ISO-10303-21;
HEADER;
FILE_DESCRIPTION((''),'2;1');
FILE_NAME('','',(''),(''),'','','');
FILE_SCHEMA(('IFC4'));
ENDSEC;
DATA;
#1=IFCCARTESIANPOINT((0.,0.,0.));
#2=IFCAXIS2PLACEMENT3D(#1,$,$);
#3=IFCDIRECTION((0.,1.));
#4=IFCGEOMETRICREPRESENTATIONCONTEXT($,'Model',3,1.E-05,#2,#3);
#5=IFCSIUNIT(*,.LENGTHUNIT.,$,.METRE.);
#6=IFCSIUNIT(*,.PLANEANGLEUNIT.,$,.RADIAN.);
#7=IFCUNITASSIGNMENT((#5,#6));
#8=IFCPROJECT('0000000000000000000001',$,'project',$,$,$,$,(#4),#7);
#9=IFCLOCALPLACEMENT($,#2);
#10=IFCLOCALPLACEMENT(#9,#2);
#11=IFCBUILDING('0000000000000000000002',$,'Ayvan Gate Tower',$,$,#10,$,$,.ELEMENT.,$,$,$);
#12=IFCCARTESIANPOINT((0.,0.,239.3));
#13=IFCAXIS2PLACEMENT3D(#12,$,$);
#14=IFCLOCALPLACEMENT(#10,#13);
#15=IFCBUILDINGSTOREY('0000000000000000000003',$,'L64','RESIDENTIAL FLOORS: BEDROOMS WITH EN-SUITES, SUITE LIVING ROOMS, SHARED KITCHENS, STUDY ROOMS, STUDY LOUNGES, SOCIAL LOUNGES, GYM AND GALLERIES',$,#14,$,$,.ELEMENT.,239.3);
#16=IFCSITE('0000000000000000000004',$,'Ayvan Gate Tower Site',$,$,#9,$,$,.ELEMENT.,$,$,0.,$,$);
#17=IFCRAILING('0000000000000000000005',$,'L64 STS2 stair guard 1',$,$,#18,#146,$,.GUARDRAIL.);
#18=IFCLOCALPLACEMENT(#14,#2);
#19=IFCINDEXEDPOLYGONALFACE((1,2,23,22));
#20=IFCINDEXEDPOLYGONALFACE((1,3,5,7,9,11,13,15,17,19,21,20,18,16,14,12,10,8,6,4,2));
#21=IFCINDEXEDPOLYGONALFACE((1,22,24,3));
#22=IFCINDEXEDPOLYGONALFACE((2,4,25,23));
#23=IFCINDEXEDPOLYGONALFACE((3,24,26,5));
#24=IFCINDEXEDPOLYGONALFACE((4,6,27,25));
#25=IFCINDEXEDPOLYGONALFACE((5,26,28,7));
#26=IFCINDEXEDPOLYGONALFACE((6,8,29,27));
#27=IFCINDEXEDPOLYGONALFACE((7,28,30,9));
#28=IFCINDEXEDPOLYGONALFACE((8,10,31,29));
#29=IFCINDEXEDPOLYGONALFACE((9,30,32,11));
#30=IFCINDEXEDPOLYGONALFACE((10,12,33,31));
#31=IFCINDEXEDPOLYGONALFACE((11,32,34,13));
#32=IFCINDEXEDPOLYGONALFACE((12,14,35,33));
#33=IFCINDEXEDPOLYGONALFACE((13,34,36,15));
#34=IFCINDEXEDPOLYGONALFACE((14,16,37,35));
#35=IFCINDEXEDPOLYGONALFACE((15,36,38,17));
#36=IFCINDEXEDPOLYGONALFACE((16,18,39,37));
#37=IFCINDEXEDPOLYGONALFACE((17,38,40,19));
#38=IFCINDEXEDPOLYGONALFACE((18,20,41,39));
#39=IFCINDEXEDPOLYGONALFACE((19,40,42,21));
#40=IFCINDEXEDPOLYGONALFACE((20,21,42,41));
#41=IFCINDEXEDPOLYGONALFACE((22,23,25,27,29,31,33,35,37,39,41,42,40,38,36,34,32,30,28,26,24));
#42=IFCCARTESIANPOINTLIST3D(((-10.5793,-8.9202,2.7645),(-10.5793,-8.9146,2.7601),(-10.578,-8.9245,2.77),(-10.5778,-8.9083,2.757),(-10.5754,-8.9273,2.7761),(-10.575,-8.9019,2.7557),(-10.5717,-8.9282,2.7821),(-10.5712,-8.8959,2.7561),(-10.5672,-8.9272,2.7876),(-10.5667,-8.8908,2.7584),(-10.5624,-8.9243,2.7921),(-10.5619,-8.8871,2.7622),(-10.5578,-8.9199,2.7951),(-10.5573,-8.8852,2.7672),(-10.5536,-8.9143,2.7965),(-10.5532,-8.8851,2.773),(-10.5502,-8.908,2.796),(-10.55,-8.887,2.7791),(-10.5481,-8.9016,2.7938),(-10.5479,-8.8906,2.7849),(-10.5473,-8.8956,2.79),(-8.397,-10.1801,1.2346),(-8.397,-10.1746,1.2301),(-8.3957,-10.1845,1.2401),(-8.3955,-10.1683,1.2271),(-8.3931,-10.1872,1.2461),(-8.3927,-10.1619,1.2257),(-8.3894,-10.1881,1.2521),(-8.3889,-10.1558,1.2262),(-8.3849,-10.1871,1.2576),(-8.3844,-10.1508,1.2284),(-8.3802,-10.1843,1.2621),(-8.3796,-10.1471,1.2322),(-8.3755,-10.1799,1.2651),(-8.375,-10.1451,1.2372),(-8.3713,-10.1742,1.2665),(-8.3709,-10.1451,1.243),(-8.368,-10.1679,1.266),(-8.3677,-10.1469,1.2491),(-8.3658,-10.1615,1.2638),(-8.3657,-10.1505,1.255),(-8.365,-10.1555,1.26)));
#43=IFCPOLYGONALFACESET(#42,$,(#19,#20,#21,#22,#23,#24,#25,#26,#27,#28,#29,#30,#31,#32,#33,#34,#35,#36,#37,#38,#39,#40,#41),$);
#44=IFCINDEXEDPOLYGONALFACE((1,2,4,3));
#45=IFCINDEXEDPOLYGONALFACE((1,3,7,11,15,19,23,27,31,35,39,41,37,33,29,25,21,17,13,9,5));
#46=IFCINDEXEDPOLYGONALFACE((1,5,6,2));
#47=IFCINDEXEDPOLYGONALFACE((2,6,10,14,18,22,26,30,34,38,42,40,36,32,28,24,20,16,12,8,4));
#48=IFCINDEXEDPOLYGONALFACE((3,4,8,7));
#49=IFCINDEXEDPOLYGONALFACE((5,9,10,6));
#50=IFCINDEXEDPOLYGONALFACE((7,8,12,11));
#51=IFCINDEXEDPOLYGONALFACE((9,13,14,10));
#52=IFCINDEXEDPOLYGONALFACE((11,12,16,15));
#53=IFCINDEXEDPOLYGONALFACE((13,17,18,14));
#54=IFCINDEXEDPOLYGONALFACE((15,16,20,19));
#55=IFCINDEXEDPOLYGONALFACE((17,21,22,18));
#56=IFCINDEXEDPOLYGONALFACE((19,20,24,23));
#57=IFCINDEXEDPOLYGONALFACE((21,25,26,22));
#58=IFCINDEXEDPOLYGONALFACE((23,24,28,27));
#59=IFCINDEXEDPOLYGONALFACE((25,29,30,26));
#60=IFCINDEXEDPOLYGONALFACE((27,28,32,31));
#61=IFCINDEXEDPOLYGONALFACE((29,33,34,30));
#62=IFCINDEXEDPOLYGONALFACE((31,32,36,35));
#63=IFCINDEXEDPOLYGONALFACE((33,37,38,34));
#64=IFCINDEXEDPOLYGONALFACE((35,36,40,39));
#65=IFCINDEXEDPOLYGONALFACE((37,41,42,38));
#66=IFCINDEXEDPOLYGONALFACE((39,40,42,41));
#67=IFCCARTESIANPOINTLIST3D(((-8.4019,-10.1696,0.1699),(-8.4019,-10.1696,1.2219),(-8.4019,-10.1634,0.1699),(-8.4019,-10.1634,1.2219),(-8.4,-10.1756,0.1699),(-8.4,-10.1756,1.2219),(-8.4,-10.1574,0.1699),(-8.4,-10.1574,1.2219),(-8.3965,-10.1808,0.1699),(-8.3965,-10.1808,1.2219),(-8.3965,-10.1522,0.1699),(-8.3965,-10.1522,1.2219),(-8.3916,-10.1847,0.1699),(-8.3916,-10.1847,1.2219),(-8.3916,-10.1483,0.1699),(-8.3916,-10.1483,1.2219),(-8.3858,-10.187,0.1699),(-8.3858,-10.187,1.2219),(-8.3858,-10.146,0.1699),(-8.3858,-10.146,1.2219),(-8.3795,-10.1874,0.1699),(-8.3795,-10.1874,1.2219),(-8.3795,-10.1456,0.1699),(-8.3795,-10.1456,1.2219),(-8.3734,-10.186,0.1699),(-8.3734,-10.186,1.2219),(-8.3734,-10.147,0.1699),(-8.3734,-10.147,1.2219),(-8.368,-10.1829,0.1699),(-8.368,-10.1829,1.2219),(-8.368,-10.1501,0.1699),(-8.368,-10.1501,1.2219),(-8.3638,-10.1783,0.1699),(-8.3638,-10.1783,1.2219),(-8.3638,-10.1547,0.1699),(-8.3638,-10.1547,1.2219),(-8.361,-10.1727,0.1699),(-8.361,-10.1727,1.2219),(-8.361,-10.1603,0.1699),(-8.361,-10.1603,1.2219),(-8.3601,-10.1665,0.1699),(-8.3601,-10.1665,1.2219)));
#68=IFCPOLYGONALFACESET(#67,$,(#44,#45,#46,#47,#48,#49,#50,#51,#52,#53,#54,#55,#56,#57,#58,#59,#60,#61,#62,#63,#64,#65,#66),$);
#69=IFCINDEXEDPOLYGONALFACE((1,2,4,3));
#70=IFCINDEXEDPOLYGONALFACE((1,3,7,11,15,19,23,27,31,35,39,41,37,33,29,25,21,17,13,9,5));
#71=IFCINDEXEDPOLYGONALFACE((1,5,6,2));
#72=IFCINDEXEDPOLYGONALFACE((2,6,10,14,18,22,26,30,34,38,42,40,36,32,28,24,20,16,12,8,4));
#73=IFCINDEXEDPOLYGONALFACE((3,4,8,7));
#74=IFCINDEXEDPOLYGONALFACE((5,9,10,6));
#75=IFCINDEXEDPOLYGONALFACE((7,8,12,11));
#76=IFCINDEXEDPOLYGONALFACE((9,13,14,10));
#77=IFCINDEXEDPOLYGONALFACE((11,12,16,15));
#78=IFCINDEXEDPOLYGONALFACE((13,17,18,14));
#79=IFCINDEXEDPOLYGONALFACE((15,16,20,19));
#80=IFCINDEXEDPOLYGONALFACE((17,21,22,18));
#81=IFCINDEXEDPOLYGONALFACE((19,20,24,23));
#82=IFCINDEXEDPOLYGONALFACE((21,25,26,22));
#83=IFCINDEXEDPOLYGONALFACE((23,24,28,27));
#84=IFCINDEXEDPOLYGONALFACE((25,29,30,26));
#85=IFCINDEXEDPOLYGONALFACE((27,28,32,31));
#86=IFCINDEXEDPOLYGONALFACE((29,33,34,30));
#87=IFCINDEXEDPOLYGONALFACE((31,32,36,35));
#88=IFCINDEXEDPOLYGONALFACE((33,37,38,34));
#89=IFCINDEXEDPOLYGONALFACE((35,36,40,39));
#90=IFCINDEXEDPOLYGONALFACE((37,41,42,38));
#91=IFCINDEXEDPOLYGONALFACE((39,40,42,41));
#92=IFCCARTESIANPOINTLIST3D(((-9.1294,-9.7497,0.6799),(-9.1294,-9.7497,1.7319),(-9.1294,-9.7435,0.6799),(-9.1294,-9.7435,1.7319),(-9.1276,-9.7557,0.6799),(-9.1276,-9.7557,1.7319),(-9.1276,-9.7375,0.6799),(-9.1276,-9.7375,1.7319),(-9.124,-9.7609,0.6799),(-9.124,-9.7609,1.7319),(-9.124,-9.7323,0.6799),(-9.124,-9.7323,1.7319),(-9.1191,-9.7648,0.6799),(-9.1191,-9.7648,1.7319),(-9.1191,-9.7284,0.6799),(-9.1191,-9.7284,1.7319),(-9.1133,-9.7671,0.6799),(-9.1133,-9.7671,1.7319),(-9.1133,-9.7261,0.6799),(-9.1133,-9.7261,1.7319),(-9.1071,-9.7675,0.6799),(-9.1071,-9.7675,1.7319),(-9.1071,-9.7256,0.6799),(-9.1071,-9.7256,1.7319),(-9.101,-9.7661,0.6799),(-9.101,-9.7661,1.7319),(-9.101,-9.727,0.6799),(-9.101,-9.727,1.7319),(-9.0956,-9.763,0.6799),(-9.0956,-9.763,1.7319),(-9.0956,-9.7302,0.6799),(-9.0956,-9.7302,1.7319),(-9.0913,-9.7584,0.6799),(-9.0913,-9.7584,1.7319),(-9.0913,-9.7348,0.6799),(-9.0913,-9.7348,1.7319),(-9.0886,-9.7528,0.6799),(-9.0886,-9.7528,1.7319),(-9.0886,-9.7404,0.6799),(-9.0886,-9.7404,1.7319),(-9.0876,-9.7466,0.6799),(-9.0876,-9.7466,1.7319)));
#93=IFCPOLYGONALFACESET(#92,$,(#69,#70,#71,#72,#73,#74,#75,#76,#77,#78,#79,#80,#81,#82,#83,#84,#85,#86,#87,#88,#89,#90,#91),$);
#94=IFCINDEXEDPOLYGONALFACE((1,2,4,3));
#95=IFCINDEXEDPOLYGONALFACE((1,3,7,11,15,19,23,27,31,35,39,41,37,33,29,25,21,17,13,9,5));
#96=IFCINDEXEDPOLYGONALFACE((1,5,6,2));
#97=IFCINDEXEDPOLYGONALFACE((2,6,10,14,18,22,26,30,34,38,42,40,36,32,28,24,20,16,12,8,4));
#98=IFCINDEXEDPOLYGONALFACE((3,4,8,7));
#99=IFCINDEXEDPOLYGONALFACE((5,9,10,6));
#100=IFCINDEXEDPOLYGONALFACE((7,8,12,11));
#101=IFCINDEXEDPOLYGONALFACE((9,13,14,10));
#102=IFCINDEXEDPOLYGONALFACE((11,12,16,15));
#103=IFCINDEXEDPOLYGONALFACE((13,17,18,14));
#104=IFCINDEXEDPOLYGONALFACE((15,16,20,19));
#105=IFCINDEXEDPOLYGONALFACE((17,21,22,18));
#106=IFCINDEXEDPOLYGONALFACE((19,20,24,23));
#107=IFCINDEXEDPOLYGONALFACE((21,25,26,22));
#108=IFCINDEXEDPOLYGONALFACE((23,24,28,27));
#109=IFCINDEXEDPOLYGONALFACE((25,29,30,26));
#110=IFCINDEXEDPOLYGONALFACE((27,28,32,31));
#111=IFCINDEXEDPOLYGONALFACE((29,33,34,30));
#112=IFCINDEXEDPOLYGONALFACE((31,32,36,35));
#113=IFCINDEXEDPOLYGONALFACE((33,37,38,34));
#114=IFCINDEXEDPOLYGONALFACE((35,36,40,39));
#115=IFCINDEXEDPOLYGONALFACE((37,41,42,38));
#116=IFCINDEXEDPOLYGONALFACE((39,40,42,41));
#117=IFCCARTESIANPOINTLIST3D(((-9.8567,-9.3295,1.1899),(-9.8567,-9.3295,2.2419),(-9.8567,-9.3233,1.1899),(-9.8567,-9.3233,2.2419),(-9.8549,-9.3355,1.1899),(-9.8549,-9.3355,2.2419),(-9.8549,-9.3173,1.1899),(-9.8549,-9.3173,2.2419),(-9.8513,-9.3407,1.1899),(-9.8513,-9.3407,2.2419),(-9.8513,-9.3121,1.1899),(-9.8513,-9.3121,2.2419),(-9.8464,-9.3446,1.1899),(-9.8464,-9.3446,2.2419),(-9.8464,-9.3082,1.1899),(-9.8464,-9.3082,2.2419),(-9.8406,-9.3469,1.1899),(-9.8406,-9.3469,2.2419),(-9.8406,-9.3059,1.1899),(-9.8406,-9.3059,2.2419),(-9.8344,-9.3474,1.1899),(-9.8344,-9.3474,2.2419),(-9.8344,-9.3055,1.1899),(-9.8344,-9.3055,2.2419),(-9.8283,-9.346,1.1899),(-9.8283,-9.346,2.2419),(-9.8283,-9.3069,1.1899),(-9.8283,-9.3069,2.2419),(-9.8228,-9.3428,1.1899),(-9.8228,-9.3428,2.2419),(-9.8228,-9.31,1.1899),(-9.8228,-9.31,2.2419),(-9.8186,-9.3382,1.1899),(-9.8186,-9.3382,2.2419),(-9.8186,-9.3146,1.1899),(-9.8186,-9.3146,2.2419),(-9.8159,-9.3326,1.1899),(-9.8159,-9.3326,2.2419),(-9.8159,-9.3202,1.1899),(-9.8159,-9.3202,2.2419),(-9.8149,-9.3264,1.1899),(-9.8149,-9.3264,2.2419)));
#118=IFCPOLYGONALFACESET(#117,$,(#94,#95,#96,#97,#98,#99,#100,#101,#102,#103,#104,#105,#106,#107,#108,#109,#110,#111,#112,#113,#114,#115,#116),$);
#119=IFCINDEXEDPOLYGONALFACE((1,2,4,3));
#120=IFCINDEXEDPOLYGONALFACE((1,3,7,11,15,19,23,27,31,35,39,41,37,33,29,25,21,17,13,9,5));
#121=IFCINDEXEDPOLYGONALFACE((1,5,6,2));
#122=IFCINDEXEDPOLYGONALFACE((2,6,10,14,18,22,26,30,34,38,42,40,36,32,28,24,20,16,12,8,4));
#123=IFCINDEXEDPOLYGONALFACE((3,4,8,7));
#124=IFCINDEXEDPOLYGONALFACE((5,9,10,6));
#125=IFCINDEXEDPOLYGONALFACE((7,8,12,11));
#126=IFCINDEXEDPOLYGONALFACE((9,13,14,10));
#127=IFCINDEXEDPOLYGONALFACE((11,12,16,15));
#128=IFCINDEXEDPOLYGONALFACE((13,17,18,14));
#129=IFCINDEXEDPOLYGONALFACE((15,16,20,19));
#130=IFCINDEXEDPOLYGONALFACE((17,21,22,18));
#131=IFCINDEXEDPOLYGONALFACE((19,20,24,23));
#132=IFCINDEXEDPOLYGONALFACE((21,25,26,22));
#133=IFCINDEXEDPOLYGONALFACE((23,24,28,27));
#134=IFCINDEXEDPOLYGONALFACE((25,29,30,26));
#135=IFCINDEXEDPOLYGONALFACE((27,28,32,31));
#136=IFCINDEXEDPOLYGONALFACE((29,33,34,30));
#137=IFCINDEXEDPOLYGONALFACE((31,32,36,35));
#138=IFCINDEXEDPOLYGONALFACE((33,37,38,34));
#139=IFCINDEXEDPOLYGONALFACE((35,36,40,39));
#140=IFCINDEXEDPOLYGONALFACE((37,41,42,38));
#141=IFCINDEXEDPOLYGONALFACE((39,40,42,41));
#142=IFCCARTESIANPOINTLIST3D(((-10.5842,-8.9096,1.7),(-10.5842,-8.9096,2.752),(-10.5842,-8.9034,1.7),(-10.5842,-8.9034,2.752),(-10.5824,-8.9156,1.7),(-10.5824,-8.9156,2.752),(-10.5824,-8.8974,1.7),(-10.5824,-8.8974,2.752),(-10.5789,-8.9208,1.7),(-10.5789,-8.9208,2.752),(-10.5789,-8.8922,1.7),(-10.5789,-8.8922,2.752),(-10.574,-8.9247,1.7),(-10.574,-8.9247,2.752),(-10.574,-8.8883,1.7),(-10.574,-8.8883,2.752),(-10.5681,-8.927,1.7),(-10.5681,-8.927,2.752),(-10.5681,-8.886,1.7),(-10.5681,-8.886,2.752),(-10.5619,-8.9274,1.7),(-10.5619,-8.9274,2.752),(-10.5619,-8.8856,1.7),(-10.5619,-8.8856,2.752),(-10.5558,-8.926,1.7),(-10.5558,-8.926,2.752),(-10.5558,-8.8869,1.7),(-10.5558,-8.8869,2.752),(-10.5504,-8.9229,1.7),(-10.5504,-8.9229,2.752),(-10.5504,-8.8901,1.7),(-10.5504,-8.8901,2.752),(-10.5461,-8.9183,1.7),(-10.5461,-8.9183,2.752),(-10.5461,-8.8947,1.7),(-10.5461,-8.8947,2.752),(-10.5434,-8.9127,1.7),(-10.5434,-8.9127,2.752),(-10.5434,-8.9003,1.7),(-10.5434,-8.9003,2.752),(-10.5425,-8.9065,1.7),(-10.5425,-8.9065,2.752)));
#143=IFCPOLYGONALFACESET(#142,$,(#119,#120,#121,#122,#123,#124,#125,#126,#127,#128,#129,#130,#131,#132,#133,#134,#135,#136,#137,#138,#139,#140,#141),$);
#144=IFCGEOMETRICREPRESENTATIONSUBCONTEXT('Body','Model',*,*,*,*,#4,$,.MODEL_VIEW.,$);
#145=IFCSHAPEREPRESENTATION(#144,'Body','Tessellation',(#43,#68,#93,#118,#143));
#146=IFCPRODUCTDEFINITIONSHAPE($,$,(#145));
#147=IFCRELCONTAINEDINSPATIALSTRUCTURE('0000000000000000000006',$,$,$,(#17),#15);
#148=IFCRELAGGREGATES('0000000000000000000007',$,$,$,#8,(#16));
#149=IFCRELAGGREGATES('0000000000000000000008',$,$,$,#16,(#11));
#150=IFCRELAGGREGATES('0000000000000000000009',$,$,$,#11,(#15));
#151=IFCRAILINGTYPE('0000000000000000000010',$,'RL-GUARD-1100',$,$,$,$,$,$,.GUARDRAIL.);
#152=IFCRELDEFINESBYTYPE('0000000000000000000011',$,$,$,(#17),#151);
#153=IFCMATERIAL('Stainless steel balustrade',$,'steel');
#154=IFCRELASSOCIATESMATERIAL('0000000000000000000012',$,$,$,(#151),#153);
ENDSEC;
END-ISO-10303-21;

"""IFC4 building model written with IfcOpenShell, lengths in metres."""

from ifc_helpers import new_model, si_unit, direction, frame, origin, origin_2d, place, context, subcontext, project, spatial, circle, extrude, material, type_object, element, save


model = new_model("IFC4")

# Units and contexts
model_context = context("Model", 3, precision=1e-05, world=origin(), true_north=direction((0.0, 1.0)))
body_context = subcontext(model_context, "Body", "Model", "MODEL_VIEW")
ifc_project = project(units=[si_unit("LENGTHUNIT", "METRE"), si_unit("PLANEANGLEUNIT", "RADIAN")], contexts=[model_context])

# Site, building, storey
site_placement = place(None, origin())
site = spatial("IfcSite", under=ifc_project, at=site_placement, Name="Ayvan Gate Tower Site", CompositionType="ELEMENT", RefElevation=0.0)
building_placement = place(site_placement, origin())
building = spatial("IfcBuilding", under=site, at=building_placement, Name="Ayvan Gate Tower", CompositionType="ELEMENT")
storey_placement = place(building_placement, frame((0.0, 0.0, 239.3)))
storey = spatial("IfcBuildingStorey", under=building, at=storey_placement, Name="L64", Description="RESIDENTIAL FLOORS: BEDROOMS WITH EN-SUITES, SUITE LIVING ROOMS, SHARED KITCHENS, STUDY ROOMS, STUDY LOUNGES, SOCIAL LOUNGES, GYM AND GALLERIES", CompositionType="ELEMENT", Elevation=239.3)

# Railing
ifc_material_1 = material(Name="Stainless steel balustrade", Category="steel")
railing_type_1 = type_object("IfcRailingType", Name="RL-GUARD-1100", PredefinedType="GUARDRAIL", material=ifc_material_1)
railing_1_placement = place(storey_placement, frame((-8.3811, -10.1665, 0.1699)))
element("IfcRailing", 1, at=railing_1_placement, inside=storey, type_object=railing_type_1, Name="L64 STS2 stair guard 1", PredefinedType="GUARDRAIL", context=body_context, shape_type="SweptSolid", body=[
    extrude(circle(Radius=0.0239, at=origin_2d()), frame((0.0, 0.0, 1.0762), z_axis=(-0.740261, 0.427395, 0.518986), x_axis=(-0.500005, -0.866023, 0.0)), (0.0, 0.0, 1.0), 2.948),
    extrude(circle(Radius=0.021, at=origin_2d()), origin(), (0.0, 0.0, 1.0), 1.052),
    extrude(circle(Radius=0.021, at=origin_2d()), frame((-0.7275, 0.4199, 0.51)), (0.0, 0.0, 1.0), 1.052),
    extrude(circle(Radius=0.021, at=origin_2d()), frame((-1.4548, 0.8401, 1.02)), (0.0, 0.0, 1.0), 1.052),
    extrude(circle(Radius=0.021, at=origin_2d()), frame((-2.1824, 1.26, 1.53)), (0.0, 0.0, 1.0), 1.052),
])

save(model, "model.ifc")
